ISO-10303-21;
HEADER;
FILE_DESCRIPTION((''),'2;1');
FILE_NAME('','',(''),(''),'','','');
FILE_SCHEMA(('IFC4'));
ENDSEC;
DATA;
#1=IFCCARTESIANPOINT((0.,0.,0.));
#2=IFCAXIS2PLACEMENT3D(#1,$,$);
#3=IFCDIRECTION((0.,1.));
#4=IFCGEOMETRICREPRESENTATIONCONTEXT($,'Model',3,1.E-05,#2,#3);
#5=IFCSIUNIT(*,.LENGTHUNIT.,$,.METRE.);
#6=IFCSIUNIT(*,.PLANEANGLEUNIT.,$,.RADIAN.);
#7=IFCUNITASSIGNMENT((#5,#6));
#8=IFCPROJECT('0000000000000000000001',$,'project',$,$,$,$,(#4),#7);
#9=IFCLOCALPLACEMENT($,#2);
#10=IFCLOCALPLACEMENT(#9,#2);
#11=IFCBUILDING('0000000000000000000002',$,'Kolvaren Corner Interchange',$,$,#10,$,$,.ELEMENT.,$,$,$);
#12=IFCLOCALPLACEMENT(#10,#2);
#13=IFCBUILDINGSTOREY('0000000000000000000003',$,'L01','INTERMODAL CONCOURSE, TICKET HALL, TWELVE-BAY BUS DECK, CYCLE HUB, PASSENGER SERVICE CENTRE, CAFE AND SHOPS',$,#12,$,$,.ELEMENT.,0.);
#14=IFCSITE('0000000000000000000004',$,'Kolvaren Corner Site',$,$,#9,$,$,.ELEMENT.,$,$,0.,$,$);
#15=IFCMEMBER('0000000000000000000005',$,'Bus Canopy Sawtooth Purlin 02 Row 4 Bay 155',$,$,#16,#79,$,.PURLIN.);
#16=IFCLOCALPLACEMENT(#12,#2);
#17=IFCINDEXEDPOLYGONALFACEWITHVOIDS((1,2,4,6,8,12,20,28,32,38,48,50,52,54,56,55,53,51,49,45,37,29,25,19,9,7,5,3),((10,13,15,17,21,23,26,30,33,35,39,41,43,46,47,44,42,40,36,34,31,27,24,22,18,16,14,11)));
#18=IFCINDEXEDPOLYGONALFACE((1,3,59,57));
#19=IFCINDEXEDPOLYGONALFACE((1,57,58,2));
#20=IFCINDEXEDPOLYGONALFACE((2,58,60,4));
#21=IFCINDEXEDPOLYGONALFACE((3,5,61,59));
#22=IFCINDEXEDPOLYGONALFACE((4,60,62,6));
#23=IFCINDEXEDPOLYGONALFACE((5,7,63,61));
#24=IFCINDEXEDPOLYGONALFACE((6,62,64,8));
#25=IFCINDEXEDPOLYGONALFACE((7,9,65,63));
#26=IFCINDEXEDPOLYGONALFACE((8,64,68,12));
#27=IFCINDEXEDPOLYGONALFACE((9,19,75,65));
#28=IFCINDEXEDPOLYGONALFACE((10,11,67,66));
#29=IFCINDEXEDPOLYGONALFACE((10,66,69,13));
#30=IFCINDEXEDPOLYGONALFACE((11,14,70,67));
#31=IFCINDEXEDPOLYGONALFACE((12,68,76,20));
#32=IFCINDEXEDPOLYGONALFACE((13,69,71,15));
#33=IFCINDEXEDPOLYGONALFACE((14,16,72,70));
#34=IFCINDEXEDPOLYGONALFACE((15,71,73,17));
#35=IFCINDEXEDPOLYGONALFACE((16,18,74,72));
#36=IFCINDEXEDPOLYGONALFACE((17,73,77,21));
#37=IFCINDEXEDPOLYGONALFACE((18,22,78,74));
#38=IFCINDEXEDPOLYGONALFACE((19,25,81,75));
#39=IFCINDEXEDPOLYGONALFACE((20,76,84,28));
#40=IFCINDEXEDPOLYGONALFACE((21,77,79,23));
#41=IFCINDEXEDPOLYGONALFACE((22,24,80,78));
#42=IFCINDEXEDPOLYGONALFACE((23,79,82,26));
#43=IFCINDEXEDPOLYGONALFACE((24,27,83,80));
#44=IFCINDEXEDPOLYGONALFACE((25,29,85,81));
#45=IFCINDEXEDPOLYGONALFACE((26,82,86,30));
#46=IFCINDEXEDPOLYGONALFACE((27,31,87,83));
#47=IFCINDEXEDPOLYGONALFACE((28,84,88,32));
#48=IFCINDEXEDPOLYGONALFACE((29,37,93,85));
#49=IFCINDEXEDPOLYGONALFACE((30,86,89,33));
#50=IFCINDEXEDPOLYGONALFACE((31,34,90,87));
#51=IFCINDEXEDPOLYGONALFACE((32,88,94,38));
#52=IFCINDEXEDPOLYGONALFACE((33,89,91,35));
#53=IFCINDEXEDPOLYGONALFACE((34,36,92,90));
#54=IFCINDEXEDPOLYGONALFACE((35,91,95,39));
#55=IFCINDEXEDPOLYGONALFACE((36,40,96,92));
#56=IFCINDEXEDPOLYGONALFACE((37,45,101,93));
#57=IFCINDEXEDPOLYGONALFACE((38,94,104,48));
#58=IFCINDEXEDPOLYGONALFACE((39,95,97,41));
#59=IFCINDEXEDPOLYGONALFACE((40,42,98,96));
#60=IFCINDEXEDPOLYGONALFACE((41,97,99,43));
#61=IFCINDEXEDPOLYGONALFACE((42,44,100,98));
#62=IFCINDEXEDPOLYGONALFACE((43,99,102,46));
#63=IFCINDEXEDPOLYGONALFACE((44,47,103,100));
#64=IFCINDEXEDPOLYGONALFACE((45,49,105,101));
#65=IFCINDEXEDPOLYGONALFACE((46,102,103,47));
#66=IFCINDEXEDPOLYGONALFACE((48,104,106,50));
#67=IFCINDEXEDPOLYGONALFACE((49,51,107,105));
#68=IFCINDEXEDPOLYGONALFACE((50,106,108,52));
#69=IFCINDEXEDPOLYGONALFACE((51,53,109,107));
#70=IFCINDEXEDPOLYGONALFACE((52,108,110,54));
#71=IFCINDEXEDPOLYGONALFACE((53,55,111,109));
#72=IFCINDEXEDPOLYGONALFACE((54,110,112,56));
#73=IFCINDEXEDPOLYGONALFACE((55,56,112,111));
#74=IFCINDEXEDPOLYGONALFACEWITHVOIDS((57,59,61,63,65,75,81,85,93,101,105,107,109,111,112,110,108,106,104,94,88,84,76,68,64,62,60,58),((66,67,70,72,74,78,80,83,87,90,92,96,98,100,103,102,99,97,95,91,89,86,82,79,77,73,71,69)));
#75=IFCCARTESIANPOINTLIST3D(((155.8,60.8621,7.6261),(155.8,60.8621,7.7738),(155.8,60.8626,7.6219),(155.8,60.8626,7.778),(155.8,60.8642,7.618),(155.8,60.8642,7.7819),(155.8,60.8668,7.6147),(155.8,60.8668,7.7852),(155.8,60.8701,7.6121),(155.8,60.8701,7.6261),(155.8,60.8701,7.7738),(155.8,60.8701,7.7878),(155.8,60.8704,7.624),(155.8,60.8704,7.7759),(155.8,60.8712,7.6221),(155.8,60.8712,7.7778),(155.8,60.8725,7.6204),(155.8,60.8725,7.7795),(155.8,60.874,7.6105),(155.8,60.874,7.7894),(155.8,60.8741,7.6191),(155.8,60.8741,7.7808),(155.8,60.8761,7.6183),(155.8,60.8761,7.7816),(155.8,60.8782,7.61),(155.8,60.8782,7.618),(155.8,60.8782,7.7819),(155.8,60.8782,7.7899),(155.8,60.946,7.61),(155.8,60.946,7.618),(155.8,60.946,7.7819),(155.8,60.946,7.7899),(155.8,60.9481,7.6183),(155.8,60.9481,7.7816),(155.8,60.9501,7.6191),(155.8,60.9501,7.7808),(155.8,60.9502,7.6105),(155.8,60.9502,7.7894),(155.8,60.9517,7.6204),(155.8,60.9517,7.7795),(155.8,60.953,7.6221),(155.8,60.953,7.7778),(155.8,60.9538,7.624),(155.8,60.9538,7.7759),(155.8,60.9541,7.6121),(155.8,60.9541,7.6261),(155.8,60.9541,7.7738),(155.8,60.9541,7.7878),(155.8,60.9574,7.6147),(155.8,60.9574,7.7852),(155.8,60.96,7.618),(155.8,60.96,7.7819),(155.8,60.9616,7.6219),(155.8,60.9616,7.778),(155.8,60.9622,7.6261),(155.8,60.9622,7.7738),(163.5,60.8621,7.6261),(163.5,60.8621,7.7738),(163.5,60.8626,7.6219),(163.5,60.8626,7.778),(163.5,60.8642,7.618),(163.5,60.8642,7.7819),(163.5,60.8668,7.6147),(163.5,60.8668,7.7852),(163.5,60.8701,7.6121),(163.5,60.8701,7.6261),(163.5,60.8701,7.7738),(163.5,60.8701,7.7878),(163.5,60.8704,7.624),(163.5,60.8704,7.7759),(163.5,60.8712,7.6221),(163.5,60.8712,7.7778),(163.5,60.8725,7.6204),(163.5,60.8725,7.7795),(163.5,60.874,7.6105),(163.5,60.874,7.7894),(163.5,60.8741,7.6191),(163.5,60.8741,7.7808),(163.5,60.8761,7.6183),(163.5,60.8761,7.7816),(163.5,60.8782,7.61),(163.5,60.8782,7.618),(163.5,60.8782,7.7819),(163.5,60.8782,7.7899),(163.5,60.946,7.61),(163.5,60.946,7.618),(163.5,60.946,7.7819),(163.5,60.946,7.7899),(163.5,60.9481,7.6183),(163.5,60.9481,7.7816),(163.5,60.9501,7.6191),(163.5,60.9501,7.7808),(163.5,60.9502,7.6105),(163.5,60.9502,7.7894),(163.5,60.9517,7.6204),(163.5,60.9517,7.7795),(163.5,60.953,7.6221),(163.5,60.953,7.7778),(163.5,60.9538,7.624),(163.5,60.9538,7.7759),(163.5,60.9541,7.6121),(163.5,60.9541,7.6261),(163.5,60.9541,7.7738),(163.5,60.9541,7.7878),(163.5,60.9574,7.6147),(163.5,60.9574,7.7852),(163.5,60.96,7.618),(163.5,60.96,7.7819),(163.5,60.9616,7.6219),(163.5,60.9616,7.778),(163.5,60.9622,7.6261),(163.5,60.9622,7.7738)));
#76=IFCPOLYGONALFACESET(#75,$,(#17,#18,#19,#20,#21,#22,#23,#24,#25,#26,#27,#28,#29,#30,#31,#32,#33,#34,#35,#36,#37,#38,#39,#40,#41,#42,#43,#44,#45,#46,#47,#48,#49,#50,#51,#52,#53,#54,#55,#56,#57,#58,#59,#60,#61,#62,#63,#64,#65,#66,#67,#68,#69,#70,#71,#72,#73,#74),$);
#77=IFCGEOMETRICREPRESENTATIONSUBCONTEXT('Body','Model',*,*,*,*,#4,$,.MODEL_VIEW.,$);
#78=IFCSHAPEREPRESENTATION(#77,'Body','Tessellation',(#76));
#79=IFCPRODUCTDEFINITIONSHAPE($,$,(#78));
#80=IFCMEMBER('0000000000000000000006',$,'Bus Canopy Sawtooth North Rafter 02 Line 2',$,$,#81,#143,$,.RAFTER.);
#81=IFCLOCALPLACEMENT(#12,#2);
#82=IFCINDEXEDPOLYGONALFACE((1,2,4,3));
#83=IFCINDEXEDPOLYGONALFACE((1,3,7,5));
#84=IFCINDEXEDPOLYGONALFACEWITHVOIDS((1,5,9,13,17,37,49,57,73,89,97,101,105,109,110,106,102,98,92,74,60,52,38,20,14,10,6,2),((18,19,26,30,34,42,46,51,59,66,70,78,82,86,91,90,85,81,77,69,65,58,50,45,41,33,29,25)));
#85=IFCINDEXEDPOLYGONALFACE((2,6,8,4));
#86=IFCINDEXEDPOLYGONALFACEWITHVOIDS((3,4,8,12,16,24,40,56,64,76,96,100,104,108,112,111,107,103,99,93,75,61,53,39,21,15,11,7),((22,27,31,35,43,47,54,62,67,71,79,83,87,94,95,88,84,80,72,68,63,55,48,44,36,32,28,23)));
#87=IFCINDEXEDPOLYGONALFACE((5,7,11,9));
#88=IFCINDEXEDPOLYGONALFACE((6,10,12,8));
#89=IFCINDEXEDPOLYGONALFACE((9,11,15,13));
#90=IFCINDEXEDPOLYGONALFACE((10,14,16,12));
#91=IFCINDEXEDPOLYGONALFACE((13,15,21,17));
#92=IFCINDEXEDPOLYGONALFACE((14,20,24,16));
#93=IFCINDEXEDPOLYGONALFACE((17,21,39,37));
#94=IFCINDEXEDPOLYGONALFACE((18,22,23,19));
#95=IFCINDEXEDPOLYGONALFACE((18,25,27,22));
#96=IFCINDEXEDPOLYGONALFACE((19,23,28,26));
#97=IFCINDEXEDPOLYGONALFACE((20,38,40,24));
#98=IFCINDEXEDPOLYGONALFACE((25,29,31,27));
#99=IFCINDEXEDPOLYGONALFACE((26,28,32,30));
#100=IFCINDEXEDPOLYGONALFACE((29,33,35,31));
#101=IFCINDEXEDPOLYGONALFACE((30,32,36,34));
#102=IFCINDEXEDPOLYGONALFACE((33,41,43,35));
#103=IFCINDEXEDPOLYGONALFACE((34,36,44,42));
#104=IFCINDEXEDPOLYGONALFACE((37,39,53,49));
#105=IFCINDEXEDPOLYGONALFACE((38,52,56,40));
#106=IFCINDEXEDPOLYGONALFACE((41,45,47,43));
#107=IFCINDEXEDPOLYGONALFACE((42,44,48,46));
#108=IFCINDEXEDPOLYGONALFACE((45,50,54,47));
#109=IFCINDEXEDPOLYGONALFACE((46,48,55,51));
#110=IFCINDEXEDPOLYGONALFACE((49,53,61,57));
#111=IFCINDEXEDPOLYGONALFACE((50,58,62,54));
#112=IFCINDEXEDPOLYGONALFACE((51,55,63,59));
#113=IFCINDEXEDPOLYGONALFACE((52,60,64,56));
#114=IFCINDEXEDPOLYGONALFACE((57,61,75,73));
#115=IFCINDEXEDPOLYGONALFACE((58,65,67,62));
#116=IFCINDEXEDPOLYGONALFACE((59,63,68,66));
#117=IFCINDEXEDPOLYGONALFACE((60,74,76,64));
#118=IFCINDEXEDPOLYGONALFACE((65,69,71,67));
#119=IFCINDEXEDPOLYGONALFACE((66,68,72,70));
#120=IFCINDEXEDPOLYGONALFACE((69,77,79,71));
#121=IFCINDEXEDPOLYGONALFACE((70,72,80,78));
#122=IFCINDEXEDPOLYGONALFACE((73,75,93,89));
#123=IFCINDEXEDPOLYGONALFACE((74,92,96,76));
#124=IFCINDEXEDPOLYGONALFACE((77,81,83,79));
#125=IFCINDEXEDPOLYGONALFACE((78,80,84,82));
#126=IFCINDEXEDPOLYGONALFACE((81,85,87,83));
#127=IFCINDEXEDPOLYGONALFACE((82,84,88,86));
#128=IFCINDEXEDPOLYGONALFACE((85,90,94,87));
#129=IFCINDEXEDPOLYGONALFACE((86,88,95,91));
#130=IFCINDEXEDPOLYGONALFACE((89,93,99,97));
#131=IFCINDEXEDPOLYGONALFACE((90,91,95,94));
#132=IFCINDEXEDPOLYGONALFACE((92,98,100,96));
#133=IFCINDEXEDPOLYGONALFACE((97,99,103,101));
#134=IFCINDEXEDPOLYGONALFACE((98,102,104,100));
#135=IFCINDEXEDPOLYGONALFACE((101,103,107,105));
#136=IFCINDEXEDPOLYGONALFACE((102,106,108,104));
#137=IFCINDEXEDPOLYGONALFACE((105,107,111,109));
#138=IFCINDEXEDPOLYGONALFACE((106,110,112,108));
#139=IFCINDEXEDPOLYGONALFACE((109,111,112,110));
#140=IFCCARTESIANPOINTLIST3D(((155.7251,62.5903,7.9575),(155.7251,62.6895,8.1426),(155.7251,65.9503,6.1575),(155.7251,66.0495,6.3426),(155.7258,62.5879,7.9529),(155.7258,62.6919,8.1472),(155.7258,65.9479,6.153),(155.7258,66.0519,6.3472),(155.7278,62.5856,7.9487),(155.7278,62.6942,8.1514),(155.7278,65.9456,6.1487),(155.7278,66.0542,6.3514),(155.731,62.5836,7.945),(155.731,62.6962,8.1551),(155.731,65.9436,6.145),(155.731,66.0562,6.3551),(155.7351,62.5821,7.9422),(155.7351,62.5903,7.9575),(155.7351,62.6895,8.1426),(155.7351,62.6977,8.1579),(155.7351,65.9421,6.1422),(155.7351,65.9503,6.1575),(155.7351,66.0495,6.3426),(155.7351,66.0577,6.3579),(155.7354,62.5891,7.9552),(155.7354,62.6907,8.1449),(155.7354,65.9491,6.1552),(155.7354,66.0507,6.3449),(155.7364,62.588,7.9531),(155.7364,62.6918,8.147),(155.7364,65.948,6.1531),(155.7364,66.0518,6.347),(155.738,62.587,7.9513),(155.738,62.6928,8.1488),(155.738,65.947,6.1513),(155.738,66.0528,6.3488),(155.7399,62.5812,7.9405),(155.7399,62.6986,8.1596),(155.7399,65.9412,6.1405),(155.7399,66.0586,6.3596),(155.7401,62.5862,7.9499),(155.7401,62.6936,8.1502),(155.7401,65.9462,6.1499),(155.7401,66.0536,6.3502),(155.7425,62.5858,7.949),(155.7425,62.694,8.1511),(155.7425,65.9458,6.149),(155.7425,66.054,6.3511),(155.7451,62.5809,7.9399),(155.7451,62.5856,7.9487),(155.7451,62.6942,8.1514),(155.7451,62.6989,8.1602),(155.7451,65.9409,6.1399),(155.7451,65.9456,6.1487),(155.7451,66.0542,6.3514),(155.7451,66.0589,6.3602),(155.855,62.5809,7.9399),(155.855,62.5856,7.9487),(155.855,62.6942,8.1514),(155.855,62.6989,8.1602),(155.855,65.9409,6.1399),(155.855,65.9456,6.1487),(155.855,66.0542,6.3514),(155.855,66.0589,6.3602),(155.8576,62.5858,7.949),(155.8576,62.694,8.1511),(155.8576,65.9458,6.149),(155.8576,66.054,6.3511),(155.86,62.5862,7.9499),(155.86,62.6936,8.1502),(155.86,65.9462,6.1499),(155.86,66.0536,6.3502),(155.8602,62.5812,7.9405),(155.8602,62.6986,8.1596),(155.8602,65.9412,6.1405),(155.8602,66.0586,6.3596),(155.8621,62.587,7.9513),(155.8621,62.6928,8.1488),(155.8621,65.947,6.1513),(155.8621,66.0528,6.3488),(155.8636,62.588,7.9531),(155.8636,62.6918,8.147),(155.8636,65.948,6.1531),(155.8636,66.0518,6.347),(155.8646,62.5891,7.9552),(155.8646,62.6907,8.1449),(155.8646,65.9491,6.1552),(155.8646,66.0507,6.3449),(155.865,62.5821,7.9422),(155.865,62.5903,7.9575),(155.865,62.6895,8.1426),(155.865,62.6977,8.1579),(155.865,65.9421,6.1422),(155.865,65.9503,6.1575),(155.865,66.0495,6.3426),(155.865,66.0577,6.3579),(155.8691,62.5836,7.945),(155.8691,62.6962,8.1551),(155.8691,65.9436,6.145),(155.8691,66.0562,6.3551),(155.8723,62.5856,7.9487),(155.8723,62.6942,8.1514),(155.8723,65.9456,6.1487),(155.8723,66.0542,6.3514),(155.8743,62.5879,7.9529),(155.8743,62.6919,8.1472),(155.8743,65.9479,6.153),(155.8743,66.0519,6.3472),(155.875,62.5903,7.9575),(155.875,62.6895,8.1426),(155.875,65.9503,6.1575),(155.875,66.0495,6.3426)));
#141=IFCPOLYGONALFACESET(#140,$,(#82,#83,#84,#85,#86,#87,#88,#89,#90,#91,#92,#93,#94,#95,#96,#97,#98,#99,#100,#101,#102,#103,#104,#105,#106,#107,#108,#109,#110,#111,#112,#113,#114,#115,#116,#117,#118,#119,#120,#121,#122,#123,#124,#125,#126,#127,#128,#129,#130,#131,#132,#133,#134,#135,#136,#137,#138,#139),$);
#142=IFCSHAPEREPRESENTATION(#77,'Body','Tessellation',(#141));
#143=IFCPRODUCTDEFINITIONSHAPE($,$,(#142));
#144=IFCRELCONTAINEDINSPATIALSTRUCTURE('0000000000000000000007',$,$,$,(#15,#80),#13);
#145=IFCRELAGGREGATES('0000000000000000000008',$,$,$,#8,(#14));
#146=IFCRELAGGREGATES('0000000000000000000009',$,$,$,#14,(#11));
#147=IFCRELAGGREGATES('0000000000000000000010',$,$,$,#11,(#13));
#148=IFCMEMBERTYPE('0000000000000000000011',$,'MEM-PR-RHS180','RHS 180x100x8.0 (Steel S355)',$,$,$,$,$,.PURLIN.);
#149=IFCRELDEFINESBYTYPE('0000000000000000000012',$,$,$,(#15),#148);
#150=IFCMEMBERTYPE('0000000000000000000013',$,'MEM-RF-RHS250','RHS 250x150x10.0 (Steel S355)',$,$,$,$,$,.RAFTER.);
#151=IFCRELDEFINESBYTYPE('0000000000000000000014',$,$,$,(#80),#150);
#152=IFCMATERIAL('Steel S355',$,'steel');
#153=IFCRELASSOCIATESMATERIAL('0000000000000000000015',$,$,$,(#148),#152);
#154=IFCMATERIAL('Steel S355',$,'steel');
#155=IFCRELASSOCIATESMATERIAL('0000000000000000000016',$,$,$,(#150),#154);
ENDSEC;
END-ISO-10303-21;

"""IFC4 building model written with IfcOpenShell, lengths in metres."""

from ifc_helpers import new_model, si_unit, direction, frame, origin, origin_2d, place, context, subcontext, project, spatial, hollow_rectangle, extrude, material, material_profile, profile_set, type_object, element, save


model = new_model("IFC4")

# Units and contexts
model_context = context("Model", 3, precision=1e-05, world=origin(), true_north=direction((0.0, 1.0)))
body_context = subcontext(model_context, "Body", "Model", "MODEL_VIEW")
ifc_project = project(units=[si_unit("LENGTHUNIT", "METRE"), si_unit("PLANEANGLEUNIT", "RADIAN")], contexts=[model_context])

# Site, building, storey
site_placement = place(None, origin())
site = spatial("IfcSite", under=ifc_project, at=site_placement, Name="Kolvaren Corner Site", CompositionType="ELEMENT", RefElevation=0.0)
building_placement = place(site_placement, origin())
building = spatial("IfcBuilding", under=site, at=building_placement, Name="Kolvaren Corner Interchange", CompositionType="ELEMENT")
storey_placement = place(building_placement, origin())
storey = spatial("IfcBuildingStorey", under=building, at=storey_placement, Name="L01", Description="INTERMODAL CONCOURSE, TICKET HALL, TWELVE-BAY BUS DECK, CYCLE HUB, PASSENGER SERVICE CENTRE, CAFE AND SHOPS", CompositionType="ELEMENT", Elevation=0.0)

# Members
ifc_material_1 = material(Name="Steel S355", Category="steel")
ifc_material_profile_1 = material_profile(ifc_material_1, hollow_rectangle(XDim=0.1001, YDim=0.1799, WallThickness=0.0081, InnerFilletRadius=0.0081, OuterFilletRadius=0.0161, at=origin_2d()), Name="RHS 180x100x8.0")
ifc_profile_set_1 = profile_set([ifc_material_profile_1], Name="Steel S355")
member_type_1 = type_object("IfcMemberType", Name="MEM-PR-RHS180", Description="RHS 180x100x8.0 (Steel S355)", PredefinedType="PURLIN", material=ifc_profile_set_1)
member_1_placement = place(storey_placement, frame((155.8, 60.9121, 7.7), z_axis=(1.0, 0.0, 0.0), x_axis=(0.0, 1.0, 0.0)))
element("IfcMember", 1, at=member_1_placement, inside=storey, type_object=member_type_1, Name="Bus Canopy Sawtooth Purlin 02 Row 4 Bay 155", PredefinedType="PURLIN", context=body_context, shape_type="SweptSolid", body=[
    extrude(hollow_rectangle(XDim=0.1001, YDim=0.1799, WallThickness=0.0081, InnerFilletRadius=0.0081, OuterFilletRadius=0.0161, at=origin_2d()), origin(), (0.0, 0.0, 1.0), 7.7),
])
ifc_material_2 = material(Name="Steel S355", Category="steel")
ifc_material_profile_2 = material_profile(ifc_material_2, hollow_rectangle(XDim=0.1499, YDim=0.25, WallThickness=0.01, InnerFilletRadius=0.01, OuterFilletRadius=0.02, at=origin_2d()), Name="RHS 250x150x10.0")
ifc_profile_set_2 = profile_set([ifc_material_profile_2], Name="Steel S355")
member_type_2 = type_object("IfcMemberType", Name="MEM-RF-RHS250", Description="RHS 250x150x10.0 (Steel S355)", PredefinedType="RAFTER", material=ifc_profile_set_2)
for number, where, z_axis, x_axis, name in (
    (2, (155.8, 62.6399, 8.05), (0.0, 0.881481, -0.47222), (-1.0, 0.0, 0.0), "Bus Canopy Sawtooth North Rafter 02 Line 2"),
):
    element("IfcMember", number, at=place(storey_placement, frame(where, z_axis=z_axis, x_axis=x_axis)), inside=storey, type_object=member_type_2, Name=name, PredefinedType="RAFTER", context=body_context, shape_type="SweptSolid", body=[
        extrude(hollow_rectangle(XDim=0.1499, YDim=0.25, WallThickness=0.01, InnerFilletRadius=0.01, OuterFilletRadius=0.02, at=origin_2d()), origin(), (0.0, 0.0, 1.0), 3.8118),
    ])

save(model, "model.ifc")
